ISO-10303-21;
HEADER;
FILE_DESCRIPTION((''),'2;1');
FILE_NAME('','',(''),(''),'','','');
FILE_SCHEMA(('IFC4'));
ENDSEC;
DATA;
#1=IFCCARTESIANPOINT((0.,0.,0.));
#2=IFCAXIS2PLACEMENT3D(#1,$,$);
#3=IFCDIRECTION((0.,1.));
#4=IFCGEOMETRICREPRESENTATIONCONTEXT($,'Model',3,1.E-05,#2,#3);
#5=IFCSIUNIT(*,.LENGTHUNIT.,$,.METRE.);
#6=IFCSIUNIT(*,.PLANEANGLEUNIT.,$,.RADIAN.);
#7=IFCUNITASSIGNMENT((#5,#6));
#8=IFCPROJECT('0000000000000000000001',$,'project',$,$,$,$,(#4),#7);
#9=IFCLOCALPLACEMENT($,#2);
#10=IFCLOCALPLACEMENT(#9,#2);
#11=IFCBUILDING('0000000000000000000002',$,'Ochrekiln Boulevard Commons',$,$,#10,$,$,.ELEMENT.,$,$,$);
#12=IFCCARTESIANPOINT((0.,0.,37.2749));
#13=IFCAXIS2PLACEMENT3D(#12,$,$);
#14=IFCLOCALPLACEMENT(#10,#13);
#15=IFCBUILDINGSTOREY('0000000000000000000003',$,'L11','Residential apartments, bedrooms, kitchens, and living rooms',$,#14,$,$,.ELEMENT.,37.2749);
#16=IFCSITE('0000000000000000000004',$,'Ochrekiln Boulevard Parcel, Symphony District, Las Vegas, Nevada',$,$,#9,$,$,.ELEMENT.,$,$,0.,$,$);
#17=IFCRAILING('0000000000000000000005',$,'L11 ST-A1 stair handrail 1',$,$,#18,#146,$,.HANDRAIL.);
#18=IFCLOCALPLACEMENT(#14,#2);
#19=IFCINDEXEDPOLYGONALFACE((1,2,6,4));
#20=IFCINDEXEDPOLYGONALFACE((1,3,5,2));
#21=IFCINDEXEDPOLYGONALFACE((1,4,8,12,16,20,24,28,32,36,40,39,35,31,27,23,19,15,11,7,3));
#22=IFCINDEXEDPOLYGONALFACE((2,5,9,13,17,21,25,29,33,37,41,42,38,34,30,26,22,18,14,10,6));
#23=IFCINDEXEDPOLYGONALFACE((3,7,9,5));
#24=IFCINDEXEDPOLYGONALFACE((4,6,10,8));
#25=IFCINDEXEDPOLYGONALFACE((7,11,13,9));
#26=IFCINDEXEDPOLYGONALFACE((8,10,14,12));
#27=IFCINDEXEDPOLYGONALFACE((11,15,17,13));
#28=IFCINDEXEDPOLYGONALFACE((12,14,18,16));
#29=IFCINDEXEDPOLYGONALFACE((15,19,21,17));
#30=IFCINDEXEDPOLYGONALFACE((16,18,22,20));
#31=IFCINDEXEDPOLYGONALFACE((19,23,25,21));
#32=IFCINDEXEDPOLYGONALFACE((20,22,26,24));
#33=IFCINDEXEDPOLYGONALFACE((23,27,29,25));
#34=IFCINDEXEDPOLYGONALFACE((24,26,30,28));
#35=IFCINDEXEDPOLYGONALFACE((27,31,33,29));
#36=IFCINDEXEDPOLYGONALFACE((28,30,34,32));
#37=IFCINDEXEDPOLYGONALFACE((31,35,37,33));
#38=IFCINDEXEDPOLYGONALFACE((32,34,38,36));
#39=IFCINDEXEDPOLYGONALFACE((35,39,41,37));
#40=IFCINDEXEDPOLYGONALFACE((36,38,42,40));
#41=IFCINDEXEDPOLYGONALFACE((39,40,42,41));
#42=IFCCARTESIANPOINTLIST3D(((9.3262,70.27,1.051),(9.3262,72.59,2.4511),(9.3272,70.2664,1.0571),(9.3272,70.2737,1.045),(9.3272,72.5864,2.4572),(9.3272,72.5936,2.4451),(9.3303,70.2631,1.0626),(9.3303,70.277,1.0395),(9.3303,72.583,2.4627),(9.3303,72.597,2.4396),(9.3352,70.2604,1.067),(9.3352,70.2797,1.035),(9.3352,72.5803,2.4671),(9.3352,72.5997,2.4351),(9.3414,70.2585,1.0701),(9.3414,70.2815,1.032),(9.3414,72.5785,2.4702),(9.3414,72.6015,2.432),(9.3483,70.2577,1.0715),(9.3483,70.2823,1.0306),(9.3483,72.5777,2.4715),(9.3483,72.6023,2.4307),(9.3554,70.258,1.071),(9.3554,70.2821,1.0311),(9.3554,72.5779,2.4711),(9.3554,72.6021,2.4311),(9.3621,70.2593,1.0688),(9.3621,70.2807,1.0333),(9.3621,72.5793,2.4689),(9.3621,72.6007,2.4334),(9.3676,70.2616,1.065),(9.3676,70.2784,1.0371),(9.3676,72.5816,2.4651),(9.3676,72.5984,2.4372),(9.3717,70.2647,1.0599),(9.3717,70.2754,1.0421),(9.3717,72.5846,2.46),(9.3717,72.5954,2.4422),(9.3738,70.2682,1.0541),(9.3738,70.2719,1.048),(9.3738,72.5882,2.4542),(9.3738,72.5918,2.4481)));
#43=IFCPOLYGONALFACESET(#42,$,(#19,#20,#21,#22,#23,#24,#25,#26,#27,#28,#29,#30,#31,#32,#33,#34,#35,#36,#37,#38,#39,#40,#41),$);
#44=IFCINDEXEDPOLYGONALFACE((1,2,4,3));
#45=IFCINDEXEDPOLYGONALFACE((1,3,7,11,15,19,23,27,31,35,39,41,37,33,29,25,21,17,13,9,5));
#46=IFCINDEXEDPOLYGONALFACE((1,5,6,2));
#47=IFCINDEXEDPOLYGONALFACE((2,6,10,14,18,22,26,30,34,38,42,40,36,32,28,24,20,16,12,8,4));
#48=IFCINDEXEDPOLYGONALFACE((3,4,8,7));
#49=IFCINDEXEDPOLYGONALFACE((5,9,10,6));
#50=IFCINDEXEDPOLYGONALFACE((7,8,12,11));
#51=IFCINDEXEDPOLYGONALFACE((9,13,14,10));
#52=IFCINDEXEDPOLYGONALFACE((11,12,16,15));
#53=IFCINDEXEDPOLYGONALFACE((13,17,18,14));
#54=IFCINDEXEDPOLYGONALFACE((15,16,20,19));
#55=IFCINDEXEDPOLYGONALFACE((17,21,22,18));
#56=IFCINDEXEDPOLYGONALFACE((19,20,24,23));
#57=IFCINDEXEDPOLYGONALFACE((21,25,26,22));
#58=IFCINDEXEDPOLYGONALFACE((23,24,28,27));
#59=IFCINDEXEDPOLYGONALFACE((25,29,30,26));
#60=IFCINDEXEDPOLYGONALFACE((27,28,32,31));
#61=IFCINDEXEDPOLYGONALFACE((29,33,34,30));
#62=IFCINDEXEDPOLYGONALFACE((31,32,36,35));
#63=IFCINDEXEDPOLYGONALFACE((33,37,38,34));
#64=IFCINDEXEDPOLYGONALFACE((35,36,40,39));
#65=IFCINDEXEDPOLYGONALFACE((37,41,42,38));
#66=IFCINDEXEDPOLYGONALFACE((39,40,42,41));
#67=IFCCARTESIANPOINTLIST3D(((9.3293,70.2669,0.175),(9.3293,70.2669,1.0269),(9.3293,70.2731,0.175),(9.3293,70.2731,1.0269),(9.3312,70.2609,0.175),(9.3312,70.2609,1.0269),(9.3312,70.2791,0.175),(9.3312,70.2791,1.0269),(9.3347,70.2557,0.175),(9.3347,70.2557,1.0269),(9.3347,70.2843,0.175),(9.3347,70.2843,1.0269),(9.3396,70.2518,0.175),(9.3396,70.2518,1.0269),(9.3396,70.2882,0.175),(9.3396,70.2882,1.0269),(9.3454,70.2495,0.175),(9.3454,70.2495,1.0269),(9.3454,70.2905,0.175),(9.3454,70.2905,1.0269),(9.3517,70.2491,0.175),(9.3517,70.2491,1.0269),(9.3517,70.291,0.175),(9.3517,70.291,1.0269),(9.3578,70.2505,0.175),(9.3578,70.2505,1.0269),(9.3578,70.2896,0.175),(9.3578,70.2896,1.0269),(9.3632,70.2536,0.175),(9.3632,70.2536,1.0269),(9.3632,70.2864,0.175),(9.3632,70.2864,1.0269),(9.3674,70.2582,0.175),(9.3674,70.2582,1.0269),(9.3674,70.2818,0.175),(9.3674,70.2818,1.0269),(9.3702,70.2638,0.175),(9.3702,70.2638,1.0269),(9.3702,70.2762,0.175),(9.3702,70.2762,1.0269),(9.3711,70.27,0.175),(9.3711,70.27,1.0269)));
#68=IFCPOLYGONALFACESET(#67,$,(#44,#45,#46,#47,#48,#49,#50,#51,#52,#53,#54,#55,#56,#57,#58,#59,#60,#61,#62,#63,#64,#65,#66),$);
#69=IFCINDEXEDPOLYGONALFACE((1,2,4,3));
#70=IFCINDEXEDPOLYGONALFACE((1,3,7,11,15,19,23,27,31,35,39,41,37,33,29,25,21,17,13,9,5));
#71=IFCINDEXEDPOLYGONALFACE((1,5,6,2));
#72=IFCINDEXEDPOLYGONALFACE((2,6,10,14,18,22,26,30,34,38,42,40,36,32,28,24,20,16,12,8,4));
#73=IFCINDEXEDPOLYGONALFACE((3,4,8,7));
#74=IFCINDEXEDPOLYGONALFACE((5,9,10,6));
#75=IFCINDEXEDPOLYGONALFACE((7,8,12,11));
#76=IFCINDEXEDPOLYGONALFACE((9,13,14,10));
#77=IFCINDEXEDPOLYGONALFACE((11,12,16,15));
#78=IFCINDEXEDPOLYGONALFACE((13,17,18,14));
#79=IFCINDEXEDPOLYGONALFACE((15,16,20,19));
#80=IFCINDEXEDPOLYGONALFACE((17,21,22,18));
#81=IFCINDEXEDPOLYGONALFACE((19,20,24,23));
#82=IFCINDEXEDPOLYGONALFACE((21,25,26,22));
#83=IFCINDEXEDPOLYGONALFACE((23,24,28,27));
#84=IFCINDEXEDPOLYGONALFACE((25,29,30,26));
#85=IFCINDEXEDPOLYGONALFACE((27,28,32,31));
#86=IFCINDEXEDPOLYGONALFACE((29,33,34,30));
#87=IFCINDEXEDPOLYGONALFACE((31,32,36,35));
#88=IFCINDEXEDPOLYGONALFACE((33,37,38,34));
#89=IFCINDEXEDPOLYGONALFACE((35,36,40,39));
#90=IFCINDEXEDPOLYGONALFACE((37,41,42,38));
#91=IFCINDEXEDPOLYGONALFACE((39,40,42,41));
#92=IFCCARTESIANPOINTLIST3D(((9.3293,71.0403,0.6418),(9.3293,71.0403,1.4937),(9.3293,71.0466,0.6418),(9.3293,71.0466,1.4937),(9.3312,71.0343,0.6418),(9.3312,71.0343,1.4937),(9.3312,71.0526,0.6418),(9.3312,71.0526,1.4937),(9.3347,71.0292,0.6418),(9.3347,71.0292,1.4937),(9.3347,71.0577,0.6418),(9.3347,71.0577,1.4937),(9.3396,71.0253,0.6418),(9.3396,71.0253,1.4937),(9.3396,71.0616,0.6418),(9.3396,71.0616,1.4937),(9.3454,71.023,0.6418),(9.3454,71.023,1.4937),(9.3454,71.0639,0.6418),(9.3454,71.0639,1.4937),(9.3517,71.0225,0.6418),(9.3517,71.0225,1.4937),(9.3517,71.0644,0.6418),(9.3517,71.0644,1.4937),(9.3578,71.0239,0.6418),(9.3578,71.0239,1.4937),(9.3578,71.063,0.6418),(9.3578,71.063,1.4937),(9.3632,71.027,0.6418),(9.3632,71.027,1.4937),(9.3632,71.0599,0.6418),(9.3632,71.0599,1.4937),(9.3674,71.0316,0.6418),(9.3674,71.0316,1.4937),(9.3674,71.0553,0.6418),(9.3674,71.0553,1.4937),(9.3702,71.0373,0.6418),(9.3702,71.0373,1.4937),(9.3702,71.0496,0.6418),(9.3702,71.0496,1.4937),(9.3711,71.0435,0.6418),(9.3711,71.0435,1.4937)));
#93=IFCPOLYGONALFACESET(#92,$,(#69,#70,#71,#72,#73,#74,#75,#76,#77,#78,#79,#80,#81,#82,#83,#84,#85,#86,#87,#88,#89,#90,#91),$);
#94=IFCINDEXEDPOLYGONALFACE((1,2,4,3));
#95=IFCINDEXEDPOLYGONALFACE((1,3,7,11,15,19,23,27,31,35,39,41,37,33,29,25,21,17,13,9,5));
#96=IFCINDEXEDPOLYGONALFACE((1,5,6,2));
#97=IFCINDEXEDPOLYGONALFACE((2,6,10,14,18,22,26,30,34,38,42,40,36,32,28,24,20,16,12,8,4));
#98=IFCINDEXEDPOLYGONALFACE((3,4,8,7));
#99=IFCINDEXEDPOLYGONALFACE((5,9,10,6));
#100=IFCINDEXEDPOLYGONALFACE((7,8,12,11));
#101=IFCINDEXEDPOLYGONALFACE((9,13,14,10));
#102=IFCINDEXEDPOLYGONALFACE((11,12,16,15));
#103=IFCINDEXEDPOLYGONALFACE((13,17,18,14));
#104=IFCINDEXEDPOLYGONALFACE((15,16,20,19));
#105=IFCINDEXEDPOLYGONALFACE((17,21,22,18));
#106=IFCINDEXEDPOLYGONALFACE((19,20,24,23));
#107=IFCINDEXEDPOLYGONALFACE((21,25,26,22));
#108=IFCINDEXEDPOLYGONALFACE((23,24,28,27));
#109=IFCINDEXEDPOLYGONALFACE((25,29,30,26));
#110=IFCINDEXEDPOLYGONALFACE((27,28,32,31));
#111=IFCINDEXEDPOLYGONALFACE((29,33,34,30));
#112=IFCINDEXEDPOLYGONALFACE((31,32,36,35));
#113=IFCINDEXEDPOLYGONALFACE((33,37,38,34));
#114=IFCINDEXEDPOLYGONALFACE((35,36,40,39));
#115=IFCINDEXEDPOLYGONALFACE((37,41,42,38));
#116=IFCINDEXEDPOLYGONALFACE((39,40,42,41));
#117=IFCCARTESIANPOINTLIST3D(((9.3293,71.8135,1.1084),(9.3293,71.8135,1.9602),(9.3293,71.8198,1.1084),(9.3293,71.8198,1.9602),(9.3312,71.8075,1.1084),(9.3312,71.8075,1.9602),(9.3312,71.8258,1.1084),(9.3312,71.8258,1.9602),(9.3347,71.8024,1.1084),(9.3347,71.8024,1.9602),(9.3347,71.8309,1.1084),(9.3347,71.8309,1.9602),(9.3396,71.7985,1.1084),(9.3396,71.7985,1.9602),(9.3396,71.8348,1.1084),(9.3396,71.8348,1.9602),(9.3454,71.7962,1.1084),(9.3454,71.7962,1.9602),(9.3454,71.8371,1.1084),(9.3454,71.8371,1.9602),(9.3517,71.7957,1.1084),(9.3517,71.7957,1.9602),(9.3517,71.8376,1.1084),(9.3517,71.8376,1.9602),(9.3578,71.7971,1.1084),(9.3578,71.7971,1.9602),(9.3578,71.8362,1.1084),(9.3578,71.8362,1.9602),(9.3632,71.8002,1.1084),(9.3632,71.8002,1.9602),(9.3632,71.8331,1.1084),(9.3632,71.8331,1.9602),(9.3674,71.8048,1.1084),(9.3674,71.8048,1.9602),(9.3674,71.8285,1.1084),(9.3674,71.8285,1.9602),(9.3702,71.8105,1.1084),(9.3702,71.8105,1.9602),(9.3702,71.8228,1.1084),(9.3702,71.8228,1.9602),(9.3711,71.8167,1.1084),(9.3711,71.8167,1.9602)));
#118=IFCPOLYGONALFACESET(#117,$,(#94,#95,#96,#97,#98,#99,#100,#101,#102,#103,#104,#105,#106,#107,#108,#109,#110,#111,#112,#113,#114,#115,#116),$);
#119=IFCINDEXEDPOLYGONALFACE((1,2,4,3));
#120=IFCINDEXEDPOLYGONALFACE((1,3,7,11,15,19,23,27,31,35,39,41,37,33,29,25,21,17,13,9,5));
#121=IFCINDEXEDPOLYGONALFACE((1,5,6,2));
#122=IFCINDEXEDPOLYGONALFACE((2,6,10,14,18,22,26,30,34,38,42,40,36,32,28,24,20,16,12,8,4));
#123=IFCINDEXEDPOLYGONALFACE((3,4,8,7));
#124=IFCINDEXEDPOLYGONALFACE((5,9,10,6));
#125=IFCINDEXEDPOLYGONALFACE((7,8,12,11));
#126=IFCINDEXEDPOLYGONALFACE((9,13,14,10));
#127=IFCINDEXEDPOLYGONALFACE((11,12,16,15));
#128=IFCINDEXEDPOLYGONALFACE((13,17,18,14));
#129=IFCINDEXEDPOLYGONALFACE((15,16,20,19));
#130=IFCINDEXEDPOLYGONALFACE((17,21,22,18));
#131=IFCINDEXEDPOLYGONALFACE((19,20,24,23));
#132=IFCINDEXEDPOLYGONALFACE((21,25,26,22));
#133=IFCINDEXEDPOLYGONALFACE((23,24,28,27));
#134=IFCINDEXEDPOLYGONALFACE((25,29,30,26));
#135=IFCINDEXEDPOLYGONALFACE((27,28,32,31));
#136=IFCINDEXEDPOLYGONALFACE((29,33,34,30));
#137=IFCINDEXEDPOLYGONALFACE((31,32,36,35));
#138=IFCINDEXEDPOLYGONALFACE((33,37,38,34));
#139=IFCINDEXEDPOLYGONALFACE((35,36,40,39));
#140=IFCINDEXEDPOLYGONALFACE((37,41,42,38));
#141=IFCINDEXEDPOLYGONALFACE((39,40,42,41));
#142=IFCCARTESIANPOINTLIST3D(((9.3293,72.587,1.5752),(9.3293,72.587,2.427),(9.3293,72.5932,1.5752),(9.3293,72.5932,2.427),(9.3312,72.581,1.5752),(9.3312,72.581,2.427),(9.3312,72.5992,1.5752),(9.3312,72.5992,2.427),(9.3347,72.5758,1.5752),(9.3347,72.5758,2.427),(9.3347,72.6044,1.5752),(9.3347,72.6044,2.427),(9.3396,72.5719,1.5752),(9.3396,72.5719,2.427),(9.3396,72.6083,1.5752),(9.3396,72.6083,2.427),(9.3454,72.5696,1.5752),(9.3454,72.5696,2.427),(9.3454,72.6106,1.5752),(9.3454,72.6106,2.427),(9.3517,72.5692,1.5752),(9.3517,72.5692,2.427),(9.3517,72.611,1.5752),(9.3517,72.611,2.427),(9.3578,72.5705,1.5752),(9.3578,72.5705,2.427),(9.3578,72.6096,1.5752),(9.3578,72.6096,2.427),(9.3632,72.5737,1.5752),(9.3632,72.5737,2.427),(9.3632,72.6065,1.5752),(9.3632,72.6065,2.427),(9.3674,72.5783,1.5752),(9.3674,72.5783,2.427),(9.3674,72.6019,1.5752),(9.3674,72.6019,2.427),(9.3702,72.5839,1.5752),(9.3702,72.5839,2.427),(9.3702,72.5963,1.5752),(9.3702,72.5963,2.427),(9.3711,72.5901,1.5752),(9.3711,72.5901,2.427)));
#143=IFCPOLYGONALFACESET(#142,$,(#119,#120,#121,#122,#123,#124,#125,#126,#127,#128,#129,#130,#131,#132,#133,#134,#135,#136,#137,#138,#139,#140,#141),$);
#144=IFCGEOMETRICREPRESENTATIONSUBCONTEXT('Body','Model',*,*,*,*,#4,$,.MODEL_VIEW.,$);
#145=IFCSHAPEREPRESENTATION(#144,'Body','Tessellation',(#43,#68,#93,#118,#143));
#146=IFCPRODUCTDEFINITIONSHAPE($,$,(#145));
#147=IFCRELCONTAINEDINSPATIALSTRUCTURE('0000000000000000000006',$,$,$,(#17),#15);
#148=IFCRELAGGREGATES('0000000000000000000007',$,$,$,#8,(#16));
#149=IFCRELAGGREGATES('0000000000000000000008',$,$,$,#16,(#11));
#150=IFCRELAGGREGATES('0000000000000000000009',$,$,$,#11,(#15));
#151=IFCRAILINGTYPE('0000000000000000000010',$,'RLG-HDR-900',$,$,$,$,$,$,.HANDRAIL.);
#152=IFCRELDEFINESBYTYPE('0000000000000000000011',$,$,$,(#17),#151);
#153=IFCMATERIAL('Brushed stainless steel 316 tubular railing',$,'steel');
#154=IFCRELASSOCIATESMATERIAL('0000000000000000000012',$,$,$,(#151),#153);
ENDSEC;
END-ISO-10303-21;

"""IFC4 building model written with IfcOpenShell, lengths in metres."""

from ifc_helpers import new_model, si_unit, direction, frame, origin, origin_2d, place, context, subcontext, project, spatial, circle, extrude, material, type_object, element, save


model = new_model("IFC4")

# Units and contexts
model_context = context("Model", 3, precision=1e-05, world=origin(), true_north=direction((0.0, 1.0)))
body_context = subcontext(model_context, "Body", "Model", "MODEL_VIEW")
ifc_project = project(units=[si_unit("LENGTHUNIT", "METRE"), si_unit("PLANEANGLEUNIT", "RADIAN")], contexts=[model_context])

# Site, building, storey
site_placement = place(None, origin())
site = spatial("IfcSite", under=ifc_project, at=site_placement, Name="Ochrekiln Boulevard Parcel, Symphony District, Las Vegas, Nevada", CompositionType="ELEMENT", RefElevation=0.0)
building_placement = place(site_placement, origin())
building = spatial("IfcBuilding", under=site, at=building_placement, Name="Ochrekiln Boulevard Commons", CompositionType="ELEMENT")
storey_placement = place(building_placement, frame((0.0, 0.0, 37.2749)))
storey = spatial("IfcBuildingStorey", under=building, at=storey_placement, Name="L11", Description="Residential apartments, bedrooms, kitchens, and living rooms", CompositionType="ELEMENT", Elevation=37.2749)

# Railing
ifc_material_1 = material(Name="Brushed stainless steel 316 tubular railing", Category="steel")
railing_type_1 = type_object("IfcRailingType", Name="RLG-HDR-900", PredefinedType="HANDRAIL", material=ifc_material_1)
railing_1_placement = place(storey_placement, frame((9.3501, 70.27, 0.175)))
element("IfcRailing", 1, at=railing_1_placement, inside=storey, type_object=railing_type_1, Name="L11 ST-A1 stair handrail 1", PredefinedType="HANDRAIL", context=body_context, shape_type="SweptSolid", body=[
    extrude(circle(Radius=0.0239, at=origin_2d()), frame((0.0, 0.0, 0.876), z_axis=(0.0, 0.85617, 0.516693), x_axis=(-1.0, 0.0, 0.0)), (0.0, 0.0, 1.0), 2.7097),
    extrude(circle(Radius=0.021, at=origin_2d()), origin(), (0.0, 0.0, 1.0), 0.8518),
    extrude(circle(Radius=0.021, at=origin_2d()), frame((0.0, 0.7734, 0.4668)), (0.0, 0.0, 1.0), 0.8518),
    extrude(circle(Radius=0.021, at=origin_2d()), frame((0.0, 1.5466, 0.9333)), (0.0, 0.0, 1.0), 0.8518),
    extrude(circle(Radius=0.021, at=origin_2d()), frame((0.0, 2.3201, 1.4001)), (0.0, 0.0, 1.0), 0.8518),
])

save(model, "model.ifc")
